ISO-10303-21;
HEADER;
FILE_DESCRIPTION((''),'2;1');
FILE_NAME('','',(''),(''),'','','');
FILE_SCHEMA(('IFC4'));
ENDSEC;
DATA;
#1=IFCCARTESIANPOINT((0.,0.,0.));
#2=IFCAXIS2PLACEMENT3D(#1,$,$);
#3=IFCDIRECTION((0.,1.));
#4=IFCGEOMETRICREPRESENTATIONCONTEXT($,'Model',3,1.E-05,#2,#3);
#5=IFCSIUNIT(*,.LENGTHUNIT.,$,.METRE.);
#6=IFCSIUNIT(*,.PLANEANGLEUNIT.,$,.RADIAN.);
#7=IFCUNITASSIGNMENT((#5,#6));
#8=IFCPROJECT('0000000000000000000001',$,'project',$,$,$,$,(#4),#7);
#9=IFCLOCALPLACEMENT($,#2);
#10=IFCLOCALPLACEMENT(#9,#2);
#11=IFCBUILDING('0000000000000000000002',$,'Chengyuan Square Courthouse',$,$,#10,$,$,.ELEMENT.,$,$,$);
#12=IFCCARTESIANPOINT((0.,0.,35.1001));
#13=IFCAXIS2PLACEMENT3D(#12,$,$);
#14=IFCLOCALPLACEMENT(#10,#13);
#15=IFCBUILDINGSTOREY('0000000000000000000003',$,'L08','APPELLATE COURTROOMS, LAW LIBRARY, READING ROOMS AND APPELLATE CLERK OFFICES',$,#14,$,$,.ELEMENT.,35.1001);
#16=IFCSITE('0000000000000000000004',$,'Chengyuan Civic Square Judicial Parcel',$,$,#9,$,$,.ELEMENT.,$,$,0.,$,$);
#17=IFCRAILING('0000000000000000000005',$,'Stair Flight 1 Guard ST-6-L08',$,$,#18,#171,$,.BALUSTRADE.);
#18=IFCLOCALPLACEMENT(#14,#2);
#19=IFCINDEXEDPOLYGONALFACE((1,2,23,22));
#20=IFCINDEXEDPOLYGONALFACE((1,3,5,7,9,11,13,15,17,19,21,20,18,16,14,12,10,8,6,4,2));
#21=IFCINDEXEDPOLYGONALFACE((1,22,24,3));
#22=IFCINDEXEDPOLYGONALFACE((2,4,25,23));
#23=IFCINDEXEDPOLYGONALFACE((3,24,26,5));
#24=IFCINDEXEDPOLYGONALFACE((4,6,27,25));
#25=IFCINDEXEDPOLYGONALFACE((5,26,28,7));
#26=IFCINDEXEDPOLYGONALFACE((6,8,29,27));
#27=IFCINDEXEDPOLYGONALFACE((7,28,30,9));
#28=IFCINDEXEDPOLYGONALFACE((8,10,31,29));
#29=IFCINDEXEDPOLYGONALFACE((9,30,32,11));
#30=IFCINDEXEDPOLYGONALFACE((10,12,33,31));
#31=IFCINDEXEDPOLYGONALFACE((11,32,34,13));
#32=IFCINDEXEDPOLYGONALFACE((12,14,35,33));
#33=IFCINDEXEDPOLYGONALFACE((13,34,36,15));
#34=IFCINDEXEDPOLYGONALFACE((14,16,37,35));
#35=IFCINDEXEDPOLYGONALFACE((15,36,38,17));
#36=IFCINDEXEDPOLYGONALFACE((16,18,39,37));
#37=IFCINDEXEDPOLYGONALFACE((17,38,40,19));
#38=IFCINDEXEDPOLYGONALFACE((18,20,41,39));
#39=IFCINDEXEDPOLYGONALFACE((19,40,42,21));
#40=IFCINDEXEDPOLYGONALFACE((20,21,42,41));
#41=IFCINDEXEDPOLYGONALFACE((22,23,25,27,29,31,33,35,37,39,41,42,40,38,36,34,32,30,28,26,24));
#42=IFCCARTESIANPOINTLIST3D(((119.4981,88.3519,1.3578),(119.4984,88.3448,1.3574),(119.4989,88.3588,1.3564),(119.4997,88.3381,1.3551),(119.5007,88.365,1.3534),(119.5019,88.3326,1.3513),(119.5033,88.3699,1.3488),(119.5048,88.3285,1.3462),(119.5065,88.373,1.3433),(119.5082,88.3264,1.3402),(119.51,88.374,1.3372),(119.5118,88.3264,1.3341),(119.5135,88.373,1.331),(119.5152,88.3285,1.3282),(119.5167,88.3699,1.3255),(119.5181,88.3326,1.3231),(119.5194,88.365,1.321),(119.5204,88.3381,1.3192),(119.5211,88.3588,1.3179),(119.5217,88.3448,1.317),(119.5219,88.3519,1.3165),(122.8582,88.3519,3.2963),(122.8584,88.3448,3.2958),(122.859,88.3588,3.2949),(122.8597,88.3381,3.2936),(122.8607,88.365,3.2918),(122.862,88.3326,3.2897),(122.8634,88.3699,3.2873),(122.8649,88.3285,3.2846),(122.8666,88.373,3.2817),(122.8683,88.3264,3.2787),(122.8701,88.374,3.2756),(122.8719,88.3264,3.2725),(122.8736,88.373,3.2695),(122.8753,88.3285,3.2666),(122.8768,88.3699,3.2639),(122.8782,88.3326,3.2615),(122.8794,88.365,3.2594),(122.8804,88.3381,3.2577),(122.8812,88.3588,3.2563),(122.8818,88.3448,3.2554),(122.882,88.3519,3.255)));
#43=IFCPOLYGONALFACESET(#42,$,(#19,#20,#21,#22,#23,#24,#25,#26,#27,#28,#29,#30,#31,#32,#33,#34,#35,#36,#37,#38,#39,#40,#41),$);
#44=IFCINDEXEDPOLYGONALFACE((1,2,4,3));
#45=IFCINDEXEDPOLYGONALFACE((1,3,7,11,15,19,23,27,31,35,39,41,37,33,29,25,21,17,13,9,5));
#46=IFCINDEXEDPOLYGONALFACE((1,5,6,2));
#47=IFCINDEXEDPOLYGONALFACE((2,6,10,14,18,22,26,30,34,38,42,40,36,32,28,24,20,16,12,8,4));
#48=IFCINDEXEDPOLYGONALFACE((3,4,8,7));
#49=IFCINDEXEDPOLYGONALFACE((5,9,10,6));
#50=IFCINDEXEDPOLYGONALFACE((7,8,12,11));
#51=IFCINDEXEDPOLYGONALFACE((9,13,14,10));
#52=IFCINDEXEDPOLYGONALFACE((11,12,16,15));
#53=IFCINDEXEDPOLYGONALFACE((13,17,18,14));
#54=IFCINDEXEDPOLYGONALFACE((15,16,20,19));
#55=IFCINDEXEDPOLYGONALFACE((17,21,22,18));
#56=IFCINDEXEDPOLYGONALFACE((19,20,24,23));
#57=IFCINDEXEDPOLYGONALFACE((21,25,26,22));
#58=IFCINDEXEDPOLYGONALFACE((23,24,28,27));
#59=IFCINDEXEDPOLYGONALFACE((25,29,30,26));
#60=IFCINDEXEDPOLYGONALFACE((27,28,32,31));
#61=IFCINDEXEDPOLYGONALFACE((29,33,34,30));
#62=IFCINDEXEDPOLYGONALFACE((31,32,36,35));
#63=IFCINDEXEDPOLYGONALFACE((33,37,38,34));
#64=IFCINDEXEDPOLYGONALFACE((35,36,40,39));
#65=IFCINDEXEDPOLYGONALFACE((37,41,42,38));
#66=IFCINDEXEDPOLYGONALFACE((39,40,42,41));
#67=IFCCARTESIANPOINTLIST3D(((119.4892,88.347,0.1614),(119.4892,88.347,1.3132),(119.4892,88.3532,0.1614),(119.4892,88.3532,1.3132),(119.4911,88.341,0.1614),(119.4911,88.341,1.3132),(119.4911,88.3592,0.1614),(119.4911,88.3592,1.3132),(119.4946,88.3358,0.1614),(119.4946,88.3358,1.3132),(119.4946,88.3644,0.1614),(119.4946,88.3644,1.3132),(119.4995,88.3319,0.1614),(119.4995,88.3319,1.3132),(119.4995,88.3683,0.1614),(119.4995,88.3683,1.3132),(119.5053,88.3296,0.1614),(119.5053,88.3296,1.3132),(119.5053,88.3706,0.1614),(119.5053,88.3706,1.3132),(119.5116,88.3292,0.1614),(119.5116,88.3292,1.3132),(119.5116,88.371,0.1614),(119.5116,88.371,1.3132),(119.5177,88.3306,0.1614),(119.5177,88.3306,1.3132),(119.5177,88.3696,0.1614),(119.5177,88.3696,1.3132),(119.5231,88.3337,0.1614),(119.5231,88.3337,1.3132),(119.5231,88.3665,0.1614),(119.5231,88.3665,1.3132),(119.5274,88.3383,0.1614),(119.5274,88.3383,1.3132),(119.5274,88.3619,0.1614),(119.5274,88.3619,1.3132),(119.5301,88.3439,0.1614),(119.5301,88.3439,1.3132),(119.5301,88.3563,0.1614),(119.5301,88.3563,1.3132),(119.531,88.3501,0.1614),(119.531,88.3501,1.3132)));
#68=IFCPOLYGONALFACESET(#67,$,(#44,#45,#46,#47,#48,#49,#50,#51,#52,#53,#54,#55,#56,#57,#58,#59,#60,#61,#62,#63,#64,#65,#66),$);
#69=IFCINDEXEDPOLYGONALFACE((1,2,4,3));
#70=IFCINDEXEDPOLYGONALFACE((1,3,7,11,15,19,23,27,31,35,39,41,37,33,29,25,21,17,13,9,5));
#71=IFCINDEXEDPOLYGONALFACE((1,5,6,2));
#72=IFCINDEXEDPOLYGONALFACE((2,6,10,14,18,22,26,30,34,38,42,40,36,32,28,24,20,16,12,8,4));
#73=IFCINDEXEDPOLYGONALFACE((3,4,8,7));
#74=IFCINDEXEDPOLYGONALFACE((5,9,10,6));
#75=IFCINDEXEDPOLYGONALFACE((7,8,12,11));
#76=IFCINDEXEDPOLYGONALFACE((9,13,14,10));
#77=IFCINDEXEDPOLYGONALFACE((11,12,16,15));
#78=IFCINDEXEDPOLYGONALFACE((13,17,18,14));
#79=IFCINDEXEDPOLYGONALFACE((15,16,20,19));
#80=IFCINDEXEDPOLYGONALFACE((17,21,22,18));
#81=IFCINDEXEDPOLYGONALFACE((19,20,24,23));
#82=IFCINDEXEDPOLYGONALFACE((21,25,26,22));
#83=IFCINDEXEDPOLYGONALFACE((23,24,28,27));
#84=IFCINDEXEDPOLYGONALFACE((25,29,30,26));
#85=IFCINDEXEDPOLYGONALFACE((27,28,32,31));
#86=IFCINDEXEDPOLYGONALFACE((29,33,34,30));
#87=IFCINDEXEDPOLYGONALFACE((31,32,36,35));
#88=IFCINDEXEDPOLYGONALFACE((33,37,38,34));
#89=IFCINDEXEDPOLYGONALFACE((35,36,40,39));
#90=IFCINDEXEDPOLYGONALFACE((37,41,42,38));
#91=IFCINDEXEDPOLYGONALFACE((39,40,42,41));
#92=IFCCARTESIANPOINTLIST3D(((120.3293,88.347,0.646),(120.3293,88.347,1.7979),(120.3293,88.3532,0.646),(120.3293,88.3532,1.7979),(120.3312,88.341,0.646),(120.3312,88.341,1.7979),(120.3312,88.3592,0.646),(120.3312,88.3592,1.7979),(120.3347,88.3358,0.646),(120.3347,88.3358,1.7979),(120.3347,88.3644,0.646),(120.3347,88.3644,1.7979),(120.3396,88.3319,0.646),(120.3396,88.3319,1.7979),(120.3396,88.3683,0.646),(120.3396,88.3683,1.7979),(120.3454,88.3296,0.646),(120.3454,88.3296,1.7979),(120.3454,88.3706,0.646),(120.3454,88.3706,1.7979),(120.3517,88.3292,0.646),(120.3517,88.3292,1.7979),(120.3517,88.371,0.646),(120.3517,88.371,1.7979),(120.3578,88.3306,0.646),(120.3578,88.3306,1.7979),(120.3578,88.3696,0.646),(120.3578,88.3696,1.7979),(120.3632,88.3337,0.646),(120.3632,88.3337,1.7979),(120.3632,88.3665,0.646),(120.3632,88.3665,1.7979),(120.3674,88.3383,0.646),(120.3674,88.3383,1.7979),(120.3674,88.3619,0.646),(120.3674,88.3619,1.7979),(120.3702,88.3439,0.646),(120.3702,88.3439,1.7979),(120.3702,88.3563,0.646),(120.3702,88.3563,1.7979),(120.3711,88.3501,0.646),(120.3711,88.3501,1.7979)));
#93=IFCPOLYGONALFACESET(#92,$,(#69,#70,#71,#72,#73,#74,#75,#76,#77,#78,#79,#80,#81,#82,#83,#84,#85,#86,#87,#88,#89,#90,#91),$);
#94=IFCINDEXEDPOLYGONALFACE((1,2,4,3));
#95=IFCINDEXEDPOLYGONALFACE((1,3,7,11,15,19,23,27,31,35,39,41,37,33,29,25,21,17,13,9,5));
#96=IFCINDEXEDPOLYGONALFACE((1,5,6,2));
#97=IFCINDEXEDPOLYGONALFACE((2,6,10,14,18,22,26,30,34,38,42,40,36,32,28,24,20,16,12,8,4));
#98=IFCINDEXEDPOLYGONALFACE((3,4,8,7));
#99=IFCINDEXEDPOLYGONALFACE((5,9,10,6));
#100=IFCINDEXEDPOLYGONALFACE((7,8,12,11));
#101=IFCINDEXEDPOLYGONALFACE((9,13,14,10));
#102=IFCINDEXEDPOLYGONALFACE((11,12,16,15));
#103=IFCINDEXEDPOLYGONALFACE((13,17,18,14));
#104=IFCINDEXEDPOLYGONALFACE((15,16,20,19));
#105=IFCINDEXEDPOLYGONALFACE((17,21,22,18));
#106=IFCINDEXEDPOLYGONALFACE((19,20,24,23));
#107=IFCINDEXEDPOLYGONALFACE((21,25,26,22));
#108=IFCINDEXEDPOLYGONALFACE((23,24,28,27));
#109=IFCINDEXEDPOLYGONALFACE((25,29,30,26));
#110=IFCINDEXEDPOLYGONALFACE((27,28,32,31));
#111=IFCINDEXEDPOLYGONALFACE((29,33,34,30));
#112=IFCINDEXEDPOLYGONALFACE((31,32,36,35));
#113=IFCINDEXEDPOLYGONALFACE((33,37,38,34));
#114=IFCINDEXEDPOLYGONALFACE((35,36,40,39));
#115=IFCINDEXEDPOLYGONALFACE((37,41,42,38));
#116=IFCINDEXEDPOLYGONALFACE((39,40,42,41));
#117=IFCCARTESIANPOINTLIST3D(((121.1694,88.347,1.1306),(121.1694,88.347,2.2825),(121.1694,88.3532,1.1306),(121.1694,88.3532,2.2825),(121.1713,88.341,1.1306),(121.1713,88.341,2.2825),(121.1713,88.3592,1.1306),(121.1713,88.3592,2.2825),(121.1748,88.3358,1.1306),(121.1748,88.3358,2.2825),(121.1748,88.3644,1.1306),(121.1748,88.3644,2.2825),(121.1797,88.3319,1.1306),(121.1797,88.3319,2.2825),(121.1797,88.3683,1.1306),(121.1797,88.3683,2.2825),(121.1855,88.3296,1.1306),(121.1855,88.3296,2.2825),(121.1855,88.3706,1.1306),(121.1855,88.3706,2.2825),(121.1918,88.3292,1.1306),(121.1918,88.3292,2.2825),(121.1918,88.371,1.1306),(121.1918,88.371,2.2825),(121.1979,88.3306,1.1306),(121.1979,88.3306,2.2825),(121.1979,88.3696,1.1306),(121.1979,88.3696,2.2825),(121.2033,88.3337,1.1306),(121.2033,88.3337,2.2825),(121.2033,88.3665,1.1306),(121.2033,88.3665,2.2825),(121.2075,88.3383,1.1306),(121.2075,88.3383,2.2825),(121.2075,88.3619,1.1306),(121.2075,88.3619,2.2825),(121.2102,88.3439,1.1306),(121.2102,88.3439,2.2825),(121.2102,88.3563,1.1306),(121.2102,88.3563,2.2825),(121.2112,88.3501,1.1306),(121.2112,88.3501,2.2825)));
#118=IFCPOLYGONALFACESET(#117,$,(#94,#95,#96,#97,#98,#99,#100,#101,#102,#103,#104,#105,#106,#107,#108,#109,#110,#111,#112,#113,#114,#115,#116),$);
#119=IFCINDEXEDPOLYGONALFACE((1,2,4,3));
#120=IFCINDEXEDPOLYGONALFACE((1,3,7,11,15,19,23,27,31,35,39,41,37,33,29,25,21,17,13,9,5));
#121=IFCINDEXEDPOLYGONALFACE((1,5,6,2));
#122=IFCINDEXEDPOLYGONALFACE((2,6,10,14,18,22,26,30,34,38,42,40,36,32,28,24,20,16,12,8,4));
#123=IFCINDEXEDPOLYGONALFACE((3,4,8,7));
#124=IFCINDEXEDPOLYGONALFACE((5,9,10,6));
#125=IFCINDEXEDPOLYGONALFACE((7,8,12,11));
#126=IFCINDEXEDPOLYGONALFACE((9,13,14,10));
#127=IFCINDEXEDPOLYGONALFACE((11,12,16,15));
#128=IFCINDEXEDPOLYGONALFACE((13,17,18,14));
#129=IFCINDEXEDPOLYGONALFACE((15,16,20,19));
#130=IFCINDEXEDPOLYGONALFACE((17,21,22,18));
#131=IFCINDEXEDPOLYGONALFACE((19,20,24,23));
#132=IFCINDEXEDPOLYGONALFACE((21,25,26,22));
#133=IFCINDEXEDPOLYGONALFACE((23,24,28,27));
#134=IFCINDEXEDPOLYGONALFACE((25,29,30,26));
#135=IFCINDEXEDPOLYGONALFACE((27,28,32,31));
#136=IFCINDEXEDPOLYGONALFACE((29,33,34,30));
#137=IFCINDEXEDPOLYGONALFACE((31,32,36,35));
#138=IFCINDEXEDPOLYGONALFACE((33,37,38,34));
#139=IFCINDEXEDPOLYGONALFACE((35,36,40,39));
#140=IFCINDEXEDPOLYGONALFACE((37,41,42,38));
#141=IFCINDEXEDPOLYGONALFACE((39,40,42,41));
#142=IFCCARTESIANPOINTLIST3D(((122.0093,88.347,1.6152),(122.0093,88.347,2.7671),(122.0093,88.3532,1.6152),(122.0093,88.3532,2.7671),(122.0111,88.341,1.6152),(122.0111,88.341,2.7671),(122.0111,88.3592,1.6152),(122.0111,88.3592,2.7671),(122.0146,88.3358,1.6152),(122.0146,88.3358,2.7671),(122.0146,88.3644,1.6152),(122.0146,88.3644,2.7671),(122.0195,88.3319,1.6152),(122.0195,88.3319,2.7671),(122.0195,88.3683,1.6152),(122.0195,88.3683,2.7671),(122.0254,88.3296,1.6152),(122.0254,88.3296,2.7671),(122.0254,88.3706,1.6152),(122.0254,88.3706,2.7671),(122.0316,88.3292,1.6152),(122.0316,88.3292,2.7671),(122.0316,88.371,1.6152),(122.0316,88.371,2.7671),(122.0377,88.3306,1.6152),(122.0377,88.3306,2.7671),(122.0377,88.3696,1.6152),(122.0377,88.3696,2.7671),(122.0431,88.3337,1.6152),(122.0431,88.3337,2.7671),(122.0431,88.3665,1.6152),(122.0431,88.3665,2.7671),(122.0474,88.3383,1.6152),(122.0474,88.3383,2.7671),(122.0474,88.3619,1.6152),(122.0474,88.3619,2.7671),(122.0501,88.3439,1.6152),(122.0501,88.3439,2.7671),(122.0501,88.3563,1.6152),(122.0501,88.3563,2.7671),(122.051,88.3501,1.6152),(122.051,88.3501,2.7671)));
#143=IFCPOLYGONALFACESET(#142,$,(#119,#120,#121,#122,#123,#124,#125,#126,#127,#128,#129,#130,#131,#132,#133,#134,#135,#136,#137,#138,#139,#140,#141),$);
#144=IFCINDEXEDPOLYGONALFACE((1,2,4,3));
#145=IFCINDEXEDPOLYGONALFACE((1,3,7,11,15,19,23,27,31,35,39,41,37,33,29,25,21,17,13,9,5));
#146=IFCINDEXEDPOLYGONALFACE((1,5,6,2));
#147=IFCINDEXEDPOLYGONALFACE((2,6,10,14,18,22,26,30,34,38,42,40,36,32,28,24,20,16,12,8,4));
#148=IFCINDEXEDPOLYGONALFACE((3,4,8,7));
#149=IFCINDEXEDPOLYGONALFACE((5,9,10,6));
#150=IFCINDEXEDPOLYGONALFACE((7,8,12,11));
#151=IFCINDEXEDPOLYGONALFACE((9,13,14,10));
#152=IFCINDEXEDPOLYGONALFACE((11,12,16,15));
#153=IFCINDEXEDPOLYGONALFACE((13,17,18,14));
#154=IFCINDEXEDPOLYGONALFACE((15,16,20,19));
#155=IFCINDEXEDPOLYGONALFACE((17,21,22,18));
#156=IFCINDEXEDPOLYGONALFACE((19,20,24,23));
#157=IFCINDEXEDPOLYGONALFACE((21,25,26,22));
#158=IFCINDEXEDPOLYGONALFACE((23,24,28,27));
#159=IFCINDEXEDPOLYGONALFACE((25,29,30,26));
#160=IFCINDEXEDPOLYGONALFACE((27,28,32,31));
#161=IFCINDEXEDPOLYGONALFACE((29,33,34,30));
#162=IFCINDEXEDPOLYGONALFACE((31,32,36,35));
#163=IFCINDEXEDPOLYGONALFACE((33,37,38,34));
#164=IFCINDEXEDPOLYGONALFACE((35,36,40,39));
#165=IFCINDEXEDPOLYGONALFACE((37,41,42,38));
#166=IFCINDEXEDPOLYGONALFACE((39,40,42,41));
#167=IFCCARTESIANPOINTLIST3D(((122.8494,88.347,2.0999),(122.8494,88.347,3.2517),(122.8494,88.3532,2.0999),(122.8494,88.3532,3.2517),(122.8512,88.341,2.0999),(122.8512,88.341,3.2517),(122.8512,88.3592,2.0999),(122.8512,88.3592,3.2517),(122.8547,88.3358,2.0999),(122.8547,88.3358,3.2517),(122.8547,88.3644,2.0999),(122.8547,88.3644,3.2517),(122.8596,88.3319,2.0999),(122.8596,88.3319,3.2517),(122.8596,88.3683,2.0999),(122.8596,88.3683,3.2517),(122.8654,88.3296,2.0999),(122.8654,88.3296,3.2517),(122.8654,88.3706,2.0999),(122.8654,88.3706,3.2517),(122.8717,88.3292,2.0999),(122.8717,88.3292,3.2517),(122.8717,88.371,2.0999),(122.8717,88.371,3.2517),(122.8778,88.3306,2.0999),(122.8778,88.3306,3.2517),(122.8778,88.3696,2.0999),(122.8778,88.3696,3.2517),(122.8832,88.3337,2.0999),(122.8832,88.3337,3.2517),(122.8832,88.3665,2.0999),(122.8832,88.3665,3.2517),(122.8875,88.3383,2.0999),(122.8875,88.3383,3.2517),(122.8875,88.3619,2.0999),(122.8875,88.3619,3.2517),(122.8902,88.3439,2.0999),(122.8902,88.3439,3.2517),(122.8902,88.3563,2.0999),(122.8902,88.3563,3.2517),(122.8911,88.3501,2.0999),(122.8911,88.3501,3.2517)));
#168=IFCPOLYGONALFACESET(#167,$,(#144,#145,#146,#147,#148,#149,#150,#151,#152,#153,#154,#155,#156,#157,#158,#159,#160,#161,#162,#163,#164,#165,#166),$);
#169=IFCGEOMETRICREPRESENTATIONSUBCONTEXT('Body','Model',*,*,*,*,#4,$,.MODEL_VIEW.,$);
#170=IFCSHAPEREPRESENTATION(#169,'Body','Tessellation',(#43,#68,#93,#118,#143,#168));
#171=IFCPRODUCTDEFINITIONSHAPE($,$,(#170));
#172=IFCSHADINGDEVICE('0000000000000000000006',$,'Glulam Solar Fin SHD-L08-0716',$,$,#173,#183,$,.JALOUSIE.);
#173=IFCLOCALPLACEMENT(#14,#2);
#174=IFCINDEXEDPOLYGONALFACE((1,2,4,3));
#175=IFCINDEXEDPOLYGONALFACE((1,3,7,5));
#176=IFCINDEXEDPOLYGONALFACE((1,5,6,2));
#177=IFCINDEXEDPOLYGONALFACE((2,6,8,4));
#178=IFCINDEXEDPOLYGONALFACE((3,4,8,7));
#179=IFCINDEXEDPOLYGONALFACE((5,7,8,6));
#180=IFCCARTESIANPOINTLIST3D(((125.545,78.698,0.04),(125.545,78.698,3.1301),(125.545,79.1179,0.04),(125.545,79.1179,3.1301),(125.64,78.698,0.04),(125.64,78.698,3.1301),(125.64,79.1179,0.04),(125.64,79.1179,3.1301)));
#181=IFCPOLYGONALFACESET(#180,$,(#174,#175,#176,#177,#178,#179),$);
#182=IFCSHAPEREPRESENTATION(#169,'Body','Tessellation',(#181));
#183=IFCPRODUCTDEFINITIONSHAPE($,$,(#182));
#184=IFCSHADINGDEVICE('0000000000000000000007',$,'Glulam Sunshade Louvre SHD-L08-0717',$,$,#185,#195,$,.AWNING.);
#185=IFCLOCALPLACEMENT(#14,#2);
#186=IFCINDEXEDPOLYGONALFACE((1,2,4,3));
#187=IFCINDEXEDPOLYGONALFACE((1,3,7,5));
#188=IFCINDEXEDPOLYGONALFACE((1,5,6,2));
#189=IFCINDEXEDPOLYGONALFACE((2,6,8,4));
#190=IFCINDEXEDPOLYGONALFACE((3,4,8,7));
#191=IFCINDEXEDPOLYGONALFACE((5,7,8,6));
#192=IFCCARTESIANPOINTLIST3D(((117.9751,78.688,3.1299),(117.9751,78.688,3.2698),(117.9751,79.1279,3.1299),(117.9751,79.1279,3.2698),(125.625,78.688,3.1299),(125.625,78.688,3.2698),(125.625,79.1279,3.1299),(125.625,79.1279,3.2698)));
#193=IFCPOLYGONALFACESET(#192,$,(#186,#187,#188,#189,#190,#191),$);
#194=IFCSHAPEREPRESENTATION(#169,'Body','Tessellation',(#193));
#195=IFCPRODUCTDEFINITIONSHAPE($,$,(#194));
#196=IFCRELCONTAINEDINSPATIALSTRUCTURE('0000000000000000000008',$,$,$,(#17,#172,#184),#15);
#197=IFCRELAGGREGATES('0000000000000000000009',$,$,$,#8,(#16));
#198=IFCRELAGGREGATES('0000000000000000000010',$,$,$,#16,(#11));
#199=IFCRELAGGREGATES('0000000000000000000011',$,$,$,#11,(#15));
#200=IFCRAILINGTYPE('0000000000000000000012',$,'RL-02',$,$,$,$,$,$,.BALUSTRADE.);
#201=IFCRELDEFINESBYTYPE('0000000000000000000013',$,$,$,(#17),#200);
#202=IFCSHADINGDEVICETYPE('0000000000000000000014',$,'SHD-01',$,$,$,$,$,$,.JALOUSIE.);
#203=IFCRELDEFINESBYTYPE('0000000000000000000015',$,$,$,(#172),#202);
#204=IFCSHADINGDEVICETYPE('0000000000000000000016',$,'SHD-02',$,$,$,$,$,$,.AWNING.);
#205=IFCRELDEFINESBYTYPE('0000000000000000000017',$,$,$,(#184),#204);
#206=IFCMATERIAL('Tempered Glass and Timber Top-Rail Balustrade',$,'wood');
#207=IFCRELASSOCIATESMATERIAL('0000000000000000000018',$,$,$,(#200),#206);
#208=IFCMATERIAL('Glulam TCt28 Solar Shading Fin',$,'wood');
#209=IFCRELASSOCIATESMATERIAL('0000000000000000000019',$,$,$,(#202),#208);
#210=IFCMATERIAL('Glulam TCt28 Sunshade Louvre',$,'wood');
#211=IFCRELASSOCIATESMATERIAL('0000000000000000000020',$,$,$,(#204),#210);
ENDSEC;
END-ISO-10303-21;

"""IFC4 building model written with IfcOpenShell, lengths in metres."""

from ifc_helpers import new_model, si_unit, direction, frame, origin, origin_2d, place, context, subcontext, project, spatial, rectangle, circle, extrude, material, type_object, element, save


model = new_model("IFC4")

# Units and contexts
model_context = context("Model", 3, precision=1e-05, world=origin(), true_north=direction((0.0, 1.0)))
body_context = subcontext(model_context, "Body", "Model", "MODEL_VIEW")
ifc_project = project(units=[si_unit("LENGTHUNIT", "METRE"), si_unit("PLANEANGLEUNIT", "RADIAN")], contexts=[model_context])

# Site, building, storey
site_placement = place(None, origin())
site = spatial("IfcSite", under=ifc_project, at=site_placement, Name="Chengyuan Civic Square Judicial Parcel", CompositionType="ELEMENT", RefElevation=0.0)
building_placement = place(site_placement, origin())
building = spatial("IfcBuilding", under=site, at=building_placement, Name="Chengyuan Square Courthouse", CompositionType="ELEMENT")
storey_placement = place(building_placement, frame((0.0, 0.0, 35.1001)))
storey = spatial("IfcBuildingStorey", under=building, at=storey_placement, Name="L08", Description="APPELLATE COURTROOMS, LAW LIBRARY, READING ROOMS AND APPELLATE CLERK OFFICES", CompositionType="ELEMENT", Elevation=35.1001)

# Railing
ifc_material_1 = material(Name="Tempered Glass and Timber Top-Rail Balustrade", Category="wood")
railing_type_1 = type_object("IfcRailingType", Name="RL-02", PredefinedType="BALUSTRADE", material=ifc_material_1)
railing_1_placement = place(storey_placement, frame((119.51, 88.3501, 0.1614)))
element("IfcRailing", 1, at=railing_1_placement, inside=storey, type_object=railing_type_1, Name="Stair Flight 1 Guard ST-6-L08", PredefinedType="BALUSTRADE", context=body_context, shape_type="SweptSolid", body=[
    extrude(circle(Radius=0.0239, at=origin_2d()), frame((0.0, 0.0, 1.1758), z_axis=(0.866191, 0.0, 0.499713), x_axis=(0.0, 1.0, 0.0)), (0.0, 0.0, 1.0), 3.8792),
    extrude(circle(Radius=0.021, at=origin_2d()), origin(), (0.0, 0.0, 1.0), 1.1519),
    extrude(circle(Radius=0.021, at=origin_2d()), frame((0.8401, 0.0, 0.4846)), (0.0, 0.0, 1.0), 1.1519),
    extrude(circle(Radius=0.021, at=origin_2d()), frame((1.6802, 0.0, 0.9692)), (0.0, 0.0, 1.0), 1.1519),
    extrude(circle(Radius=0.021, at=origin_2d()), frame((2.52, 0.0, 1.4539)), (0.0, 0.0, 1.0), 1.1519),
    extrude(circle(Radius=0.021, at=origin_2d()), frame((3.3601, 0.0, 1.9385)), (0.0, 0.0, 1.0), 1.1519),
])

# Shading devices
ifc_material_2 = material(Name="Glulam TCt28 Solar Shading Fin", Category="wood")
shading_device_type_1 = type_object("IfcShadingDeviceType", Name="SHD-01", PredefinedType="JALOUSIE", material=ifc_material_2)
shading_device_1_placement = place(storey_placement, frame((125.5925, 78.908, 0.04), z_axis=(0.0, 0.0, 1.0), x_axis=(0.0, 1.0, 0.0)))
element("IfcShadingDevice", 2, at=shading_device_1_placement, inside=storey, type_object=shading_device_type_1, Name="Glulam Solar Fin SHD-L08-0716", PredefinedType="JALOUSIE", context=body_context, shape_type="SweptSolid", body=[
    extrude(rectangle(XDim=0.4199, YDim=0.095, at=origin_2d()), origin(), (0.0, 0.0, 1.0), 3.0901),
])
ifc_material_3 = material(Name="Glulam TCt28 Sunshade Louvre", Category="wood")
shading_device_type_2 = type_object("IfcShadingDeviceType", Name="SHD-02", PredefinedType="AWNING", material=ifc_material_3)
shading_device_2_placement = place(storey_placement, frame((121.8, 78.908, 3.1299), z_axis=(0.0, 0.0, 1.0), x_axis=(1.0, 0.0, 0.0)))
element("IfcShadingDevice", 3, at=shading_device_2_placement, inside=storey, type_object=shading_device_type_2, Name="Glulam Sunshade Louvre SHD-L08-0717", PredefinedType="AWNING", context=body_context, shape_type="SweptSolid", body=[
    extrude(rectangle(XDim=7.6499, YDim=0.4399, at=origin_2d()), origin(), (0.0, 0.0, 1.0), 0.1399),
])

save(model, "model.ifc")
